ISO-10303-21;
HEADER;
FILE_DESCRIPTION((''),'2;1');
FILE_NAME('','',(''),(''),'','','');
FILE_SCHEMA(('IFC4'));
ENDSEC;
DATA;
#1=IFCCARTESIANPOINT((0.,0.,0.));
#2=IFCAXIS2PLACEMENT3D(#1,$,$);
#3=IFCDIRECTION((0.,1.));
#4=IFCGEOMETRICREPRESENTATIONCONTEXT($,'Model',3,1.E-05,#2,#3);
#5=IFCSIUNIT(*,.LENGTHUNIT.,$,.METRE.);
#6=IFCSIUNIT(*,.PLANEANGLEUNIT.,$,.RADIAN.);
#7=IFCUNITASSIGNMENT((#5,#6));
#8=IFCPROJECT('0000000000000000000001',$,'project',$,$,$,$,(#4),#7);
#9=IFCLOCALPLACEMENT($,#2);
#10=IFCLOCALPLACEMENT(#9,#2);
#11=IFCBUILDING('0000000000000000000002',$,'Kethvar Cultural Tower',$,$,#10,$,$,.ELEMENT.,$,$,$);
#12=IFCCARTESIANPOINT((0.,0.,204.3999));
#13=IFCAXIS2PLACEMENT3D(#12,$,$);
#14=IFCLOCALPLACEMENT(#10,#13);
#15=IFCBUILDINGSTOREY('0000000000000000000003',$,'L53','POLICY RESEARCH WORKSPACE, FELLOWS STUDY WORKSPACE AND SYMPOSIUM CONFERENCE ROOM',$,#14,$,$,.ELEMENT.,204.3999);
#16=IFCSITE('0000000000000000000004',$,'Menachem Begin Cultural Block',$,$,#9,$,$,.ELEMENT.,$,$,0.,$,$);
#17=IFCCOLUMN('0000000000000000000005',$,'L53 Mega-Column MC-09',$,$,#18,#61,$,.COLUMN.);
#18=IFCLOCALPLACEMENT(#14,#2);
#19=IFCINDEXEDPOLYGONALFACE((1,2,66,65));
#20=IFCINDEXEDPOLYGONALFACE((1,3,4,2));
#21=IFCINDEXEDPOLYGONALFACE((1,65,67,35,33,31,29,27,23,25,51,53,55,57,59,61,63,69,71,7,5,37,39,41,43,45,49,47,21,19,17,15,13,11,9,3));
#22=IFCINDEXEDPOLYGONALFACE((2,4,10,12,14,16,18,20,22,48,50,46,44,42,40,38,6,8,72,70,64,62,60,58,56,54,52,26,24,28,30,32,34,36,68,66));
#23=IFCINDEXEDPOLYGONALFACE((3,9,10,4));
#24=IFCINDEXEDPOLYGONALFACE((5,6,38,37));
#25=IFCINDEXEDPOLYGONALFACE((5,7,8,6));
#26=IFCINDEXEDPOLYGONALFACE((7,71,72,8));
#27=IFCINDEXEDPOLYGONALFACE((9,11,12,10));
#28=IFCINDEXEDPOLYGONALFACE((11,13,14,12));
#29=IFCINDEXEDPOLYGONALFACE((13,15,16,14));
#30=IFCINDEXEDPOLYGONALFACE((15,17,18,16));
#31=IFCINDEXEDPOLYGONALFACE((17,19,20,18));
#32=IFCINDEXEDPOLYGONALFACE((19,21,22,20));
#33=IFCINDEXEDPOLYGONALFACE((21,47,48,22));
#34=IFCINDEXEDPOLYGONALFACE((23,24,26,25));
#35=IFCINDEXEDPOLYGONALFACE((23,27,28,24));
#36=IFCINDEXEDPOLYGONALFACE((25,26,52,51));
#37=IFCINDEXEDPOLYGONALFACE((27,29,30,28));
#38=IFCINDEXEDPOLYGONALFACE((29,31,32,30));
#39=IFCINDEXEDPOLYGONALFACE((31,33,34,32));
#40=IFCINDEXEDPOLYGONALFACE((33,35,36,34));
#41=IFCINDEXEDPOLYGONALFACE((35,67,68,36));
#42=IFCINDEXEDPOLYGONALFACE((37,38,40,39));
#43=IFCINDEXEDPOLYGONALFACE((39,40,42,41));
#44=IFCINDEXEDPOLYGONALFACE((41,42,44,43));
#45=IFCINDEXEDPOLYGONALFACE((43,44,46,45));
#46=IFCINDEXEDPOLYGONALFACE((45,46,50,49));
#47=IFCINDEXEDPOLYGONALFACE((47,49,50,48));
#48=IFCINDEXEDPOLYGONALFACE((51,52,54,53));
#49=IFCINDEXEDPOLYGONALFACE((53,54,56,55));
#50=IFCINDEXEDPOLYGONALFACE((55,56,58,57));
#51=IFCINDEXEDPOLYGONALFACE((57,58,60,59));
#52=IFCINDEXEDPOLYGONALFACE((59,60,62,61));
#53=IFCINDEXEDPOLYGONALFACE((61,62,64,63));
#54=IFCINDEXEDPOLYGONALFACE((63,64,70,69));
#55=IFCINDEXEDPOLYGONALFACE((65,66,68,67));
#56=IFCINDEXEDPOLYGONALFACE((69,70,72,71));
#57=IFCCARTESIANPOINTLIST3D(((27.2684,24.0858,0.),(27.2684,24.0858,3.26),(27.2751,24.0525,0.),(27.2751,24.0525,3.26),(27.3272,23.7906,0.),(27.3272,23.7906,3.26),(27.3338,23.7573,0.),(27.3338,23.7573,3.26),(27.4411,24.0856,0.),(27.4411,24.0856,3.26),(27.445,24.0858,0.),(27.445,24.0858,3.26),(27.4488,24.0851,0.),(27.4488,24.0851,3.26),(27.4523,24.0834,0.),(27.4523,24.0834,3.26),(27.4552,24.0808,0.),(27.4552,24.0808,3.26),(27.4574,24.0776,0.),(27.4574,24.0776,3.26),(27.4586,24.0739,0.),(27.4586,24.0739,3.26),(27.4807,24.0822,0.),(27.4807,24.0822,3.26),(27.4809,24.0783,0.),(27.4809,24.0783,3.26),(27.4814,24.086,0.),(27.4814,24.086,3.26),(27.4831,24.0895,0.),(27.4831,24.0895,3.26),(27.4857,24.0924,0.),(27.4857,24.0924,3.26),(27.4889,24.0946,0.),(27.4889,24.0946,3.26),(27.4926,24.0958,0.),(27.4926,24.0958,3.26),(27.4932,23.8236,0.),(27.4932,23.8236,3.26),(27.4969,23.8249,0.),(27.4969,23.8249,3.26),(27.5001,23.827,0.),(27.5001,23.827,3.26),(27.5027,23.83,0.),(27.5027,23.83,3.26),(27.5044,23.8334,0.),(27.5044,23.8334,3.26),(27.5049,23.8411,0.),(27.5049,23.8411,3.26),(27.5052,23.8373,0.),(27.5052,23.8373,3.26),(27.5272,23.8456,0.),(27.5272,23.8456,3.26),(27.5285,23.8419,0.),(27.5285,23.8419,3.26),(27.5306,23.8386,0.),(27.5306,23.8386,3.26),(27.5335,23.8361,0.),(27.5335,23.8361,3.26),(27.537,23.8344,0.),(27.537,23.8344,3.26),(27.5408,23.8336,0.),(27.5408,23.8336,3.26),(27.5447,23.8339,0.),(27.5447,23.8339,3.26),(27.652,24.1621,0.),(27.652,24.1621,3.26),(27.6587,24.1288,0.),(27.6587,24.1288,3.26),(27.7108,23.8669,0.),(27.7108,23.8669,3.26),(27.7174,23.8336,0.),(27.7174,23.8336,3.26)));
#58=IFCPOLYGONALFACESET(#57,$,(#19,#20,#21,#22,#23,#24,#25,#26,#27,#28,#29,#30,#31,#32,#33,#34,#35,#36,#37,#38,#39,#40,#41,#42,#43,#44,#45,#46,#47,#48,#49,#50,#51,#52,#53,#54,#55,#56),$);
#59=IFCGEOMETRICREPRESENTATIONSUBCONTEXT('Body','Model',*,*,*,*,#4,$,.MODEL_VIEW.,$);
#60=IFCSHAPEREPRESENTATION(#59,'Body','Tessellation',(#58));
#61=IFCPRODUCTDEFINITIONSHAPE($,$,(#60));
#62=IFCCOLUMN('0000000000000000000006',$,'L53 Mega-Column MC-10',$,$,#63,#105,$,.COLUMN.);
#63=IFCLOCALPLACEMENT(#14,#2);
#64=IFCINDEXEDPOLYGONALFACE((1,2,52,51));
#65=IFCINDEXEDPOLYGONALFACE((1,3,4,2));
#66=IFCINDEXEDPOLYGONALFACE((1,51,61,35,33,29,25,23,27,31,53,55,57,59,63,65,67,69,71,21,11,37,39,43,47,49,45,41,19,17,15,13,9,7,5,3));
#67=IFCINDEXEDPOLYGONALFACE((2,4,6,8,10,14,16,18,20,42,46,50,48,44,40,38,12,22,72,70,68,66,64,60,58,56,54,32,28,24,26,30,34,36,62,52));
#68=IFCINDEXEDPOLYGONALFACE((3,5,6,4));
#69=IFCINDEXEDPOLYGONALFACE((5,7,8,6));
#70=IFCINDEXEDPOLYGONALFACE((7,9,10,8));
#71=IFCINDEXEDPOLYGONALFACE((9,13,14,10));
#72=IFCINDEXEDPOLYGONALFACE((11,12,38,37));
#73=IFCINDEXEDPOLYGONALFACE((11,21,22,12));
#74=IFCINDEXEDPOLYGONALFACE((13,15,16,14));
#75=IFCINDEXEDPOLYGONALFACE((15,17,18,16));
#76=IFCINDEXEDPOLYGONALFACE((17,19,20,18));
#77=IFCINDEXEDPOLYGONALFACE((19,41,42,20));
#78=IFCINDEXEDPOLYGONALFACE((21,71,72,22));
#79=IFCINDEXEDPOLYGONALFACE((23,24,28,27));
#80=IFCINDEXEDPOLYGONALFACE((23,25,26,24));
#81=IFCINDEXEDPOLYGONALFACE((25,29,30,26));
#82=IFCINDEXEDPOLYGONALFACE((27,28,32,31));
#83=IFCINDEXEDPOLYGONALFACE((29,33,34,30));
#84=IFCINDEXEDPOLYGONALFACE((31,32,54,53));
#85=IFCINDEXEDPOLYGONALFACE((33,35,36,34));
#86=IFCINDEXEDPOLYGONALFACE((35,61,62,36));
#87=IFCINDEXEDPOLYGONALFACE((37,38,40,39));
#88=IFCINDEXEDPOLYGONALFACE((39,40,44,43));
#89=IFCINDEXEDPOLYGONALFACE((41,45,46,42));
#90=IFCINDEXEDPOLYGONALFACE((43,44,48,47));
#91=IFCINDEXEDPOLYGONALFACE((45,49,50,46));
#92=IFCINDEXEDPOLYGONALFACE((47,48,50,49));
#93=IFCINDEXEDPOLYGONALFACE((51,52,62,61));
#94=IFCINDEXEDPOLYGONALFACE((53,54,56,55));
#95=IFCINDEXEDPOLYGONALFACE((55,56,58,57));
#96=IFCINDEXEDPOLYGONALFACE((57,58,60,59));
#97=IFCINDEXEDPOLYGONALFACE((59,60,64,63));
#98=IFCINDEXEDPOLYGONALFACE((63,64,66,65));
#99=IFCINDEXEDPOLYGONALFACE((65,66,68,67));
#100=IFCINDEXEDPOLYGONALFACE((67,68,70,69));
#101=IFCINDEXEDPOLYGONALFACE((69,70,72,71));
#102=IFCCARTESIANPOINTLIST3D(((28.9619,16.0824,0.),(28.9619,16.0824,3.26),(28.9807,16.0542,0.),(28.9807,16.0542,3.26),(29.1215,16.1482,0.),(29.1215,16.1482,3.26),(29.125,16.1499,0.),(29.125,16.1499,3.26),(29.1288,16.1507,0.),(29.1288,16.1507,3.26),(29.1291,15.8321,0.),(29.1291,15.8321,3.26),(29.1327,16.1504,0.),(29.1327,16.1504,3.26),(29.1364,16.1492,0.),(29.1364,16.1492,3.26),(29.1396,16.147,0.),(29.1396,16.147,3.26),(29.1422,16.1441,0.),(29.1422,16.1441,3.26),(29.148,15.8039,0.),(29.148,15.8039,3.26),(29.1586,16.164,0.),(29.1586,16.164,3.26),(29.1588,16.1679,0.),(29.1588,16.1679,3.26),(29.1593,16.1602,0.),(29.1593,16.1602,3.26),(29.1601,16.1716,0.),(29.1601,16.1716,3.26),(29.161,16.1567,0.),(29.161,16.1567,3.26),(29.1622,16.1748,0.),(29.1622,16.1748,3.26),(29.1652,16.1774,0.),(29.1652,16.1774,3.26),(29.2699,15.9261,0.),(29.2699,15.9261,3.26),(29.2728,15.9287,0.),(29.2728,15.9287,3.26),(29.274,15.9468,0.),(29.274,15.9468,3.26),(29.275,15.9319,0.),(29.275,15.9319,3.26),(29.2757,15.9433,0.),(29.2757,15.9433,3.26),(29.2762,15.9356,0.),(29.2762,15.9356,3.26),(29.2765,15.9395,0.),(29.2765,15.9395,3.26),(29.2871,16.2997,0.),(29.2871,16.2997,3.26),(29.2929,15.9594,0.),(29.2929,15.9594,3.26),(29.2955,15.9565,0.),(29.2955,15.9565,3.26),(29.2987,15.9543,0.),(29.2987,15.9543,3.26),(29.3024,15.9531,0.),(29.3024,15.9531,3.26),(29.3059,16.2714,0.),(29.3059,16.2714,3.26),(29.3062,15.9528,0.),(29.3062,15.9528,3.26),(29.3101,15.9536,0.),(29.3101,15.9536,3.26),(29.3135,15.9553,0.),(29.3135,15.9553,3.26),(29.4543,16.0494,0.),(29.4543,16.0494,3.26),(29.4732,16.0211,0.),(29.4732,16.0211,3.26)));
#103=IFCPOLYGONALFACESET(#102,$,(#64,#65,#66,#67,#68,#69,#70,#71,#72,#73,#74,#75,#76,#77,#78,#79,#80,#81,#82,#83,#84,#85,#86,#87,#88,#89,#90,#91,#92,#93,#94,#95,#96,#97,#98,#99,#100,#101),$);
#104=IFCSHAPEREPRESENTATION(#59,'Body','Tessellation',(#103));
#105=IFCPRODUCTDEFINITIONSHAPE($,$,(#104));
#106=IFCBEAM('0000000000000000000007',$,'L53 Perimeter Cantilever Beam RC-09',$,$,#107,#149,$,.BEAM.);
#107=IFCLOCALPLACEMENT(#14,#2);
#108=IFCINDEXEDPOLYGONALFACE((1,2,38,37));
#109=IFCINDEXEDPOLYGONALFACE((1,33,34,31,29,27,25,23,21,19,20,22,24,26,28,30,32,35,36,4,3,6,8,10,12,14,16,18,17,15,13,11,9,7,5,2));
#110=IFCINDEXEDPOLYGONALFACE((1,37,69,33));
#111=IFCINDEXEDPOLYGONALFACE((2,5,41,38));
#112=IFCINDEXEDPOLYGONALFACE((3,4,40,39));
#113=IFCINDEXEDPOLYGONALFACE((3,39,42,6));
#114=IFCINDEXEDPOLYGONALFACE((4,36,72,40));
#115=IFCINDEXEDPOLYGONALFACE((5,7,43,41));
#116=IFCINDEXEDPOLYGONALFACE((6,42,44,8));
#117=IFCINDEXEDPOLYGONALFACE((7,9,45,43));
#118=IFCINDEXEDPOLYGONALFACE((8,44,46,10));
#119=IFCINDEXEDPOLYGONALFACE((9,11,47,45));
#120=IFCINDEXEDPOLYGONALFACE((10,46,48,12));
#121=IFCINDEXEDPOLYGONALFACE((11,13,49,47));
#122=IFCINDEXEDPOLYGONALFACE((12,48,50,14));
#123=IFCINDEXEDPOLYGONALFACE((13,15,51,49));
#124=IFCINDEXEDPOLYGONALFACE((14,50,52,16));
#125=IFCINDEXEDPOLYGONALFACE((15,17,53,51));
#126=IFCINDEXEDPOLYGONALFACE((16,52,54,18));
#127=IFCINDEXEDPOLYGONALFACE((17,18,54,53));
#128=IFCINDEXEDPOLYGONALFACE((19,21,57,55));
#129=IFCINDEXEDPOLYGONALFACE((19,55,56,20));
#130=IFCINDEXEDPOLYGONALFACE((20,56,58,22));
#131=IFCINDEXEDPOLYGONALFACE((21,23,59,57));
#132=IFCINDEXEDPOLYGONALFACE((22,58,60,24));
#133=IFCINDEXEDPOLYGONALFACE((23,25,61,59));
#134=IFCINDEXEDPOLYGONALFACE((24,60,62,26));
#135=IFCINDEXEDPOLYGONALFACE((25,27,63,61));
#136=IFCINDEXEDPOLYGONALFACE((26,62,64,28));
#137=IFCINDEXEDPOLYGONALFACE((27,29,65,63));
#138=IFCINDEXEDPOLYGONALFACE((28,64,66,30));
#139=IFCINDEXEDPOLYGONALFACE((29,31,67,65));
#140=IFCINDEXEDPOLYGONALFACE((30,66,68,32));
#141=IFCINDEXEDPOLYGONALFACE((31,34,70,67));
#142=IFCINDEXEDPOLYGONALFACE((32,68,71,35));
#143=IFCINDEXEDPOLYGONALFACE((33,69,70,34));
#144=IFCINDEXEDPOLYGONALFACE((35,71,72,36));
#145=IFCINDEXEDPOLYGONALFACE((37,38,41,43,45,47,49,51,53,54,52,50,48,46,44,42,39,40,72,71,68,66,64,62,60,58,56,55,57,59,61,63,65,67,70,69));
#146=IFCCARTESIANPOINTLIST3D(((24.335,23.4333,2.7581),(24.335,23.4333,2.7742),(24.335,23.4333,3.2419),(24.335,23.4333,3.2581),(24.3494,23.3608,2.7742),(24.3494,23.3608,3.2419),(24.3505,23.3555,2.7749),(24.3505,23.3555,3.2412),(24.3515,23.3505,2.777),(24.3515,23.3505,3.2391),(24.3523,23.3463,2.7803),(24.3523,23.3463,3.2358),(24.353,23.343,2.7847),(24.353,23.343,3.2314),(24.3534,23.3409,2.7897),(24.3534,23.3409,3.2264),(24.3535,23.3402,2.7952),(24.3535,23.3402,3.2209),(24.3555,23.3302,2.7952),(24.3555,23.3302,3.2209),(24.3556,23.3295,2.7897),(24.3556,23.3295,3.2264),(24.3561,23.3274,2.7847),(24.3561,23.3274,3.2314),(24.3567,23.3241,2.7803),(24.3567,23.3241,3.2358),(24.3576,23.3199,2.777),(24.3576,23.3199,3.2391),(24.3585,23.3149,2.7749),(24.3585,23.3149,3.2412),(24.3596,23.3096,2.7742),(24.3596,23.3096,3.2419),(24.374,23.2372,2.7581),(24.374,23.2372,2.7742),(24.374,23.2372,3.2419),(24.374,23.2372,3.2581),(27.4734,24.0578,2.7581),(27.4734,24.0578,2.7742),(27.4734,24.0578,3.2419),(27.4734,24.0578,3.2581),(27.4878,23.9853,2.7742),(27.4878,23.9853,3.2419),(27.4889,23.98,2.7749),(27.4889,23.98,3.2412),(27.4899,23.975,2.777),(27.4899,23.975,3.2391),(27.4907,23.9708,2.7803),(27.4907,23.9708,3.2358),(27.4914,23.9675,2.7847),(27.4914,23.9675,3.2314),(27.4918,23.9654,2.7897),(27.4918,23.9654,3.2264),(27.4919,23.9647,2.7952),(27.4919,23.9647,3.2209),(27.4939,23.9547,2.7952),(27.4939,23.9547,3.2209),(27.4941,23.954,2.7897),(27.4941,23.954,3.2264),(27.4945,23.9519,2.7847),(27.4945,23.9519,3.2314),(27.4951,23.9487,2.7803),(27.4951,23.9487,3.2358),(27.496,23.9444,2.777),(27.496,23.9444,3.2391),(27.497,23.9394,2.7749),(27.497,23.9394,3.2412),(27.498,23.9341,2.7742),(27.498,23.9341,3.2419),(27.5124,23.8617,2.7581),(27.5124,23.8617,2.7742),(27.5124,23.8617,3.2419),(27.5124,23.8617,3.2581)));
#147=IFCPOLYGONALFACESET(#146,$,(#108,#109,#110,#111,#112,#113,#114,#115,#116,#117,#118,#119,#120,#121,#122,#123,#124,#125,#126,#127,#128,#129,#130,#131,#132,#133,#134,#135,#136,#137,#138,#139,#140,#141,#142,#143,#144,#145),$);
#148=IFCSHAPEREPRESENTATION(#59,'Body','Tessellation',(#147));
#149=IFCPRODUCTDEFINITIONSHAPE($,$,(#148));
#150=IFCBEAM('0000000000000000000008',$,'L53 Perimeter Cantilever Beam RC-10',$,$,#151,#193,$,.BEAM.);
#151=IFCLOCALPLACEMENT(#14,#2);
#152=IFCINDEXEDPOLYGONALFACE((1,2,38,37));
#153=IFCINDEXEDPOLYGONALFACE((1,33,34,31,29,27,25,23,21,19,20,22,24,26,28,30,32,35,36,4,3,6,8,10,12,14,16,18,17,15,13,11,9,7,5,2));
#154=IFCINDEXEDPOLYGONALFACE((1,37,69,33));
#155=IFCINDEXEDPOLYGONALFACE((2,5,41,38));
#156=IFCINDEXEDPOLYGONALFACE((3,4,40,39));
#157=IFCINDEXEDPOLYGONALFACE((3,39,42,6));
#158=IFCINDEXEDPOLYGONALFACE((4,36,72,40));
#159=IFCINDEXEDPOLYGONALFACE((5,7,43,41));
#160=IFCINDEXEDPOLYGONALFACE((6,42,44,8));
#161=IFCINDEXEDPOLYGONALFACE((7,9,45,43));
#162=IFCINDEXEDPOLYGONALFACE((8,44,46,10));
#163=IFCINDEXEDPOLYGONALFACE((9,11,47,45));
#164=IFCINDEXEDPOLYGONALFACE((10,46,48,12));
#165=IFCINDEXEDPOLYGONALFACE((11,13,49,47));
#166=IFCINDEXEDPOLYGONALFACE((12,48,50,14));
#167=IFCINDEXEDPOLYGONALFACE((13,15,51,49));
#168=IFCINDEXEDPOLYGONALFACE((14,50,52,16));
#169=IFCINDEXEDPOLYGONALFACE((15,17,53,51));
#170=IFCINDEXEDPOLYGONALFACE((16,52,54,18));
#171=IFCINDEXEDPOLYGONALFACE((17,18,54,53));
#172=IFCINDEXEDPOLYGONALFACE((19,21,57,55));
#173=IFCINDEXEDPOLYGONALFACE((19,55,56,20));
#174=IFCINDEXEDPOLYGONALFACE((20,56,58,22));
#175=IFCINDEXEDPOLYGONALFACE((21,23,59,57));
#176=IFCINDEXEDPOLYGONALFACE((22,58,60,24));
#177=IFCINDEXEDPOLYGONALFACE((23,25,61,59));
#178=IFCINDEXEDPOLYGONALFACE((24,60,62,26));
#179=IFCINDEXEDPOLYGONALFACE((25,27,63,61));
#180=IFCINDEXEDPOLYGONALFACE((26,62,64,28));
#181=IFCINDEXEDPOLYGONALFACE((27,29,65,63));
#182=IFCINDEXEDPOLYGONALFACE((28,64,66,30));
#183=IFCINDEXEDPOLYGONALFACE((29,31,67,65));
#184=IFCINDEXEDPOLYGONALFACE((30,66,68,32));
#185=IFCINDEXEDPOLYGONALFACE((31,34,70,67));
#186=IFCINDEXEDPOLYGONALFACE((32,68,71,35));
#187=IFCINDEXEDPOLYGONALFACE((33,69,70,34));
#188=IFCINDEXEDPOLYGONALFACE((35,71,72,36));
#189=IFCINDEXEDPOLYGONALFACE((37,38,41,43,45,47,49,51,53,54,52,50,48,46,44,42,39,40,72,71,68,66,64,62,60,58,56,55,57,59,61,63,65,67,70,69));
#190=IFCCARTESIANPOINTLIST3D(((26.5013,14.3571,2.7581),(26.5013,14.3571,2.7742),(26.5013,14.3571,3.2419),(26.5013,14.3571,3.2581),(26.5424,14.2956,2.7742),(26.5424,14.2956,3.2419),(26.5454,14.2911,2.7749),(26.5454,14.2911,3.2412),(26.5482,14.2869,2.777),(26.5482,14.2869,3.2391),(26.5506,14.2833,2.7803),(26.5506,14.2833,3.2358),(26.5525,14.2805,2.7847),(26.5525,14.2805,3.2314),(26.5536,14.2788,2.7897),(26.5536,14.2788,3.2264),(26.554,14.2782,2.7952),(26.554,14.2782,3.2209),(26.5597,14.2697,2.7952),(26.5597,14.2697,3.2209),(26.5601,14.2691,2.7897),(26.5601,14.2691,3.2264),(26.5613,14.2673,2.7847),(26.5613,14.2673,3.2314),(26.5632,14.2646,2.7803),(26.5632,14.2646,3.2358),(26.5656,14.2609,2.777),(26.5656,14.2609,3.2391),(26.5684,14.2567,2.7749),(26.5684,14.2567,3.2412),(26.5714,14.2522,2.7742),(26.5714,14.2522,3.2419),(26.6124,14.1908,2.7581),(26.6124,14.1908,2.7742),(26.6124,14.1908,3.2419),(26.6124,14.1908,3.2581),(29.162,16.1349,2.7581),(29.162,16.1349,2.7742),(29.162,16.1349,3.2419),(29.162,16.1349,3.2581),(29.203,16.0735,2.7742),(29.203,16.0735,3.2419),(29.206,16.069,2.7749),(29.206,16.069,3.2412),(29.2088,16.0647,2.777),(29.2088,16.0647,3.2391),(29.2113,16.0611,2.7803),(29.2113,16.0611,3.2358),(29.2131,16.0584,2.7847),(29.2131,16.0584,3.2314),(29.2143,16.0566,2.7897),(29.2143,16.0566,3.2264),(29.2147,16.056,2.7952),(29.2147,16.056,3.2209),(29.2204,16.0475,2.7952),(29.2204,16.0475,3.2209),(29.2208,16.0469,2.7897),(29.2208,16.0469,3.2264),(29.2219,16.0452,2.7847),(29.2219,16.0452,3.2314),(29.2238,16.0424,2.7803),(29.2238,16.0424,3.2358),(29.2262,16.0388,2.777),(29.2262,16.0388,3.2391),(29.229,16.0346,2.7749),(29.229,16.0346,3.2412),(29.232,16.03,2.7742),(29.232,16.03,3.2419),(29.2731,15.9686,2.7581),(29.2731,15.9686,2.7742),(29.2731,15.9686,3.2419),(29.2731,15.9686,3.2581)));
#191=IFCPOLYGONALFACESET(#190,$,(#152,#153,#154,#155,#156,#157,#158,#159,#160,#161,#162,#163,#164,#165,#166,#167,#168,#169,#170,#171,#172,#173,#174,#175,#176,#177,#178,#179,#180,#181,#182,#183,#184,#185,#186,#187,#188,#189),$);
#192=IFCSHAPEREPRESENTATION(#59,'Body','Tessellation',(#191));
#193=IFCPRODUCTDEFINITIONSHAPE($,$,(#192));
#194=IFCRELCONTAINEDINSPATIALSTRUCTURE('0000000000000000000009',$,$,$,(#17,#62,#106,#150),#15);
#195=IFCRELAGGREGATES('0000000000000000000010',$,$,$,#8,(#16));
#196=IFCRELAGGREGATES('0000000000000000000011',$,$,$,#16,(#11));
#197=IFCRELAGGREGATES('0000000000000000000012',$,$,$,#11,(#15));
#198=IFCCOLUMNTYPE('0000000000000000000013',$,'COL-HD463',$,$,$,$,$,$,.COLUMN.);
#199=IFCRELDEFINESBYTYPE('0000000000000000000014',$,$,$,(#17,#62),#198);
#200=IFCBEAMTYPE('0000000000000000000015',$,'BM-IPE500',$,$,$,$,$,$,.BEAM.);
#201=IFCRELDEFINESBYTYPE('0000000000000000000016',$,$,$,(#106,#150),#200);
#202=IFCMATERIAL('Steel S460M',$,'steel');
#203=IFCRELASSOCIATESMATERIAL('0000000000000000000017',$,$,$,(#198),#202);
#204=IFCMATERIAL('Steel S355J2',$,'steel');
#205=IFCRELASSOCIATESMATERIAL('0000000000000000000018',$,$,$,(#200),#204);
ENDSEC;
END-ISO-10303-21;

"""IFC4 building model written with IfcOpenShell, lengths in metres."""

from ifc_helpers import new_model, si_unit, direction, frame, origin, origin_2d, place, context, subcontext, project, spatial, i_section, extrude, source, transform, mapped, material, material_profile, profile_set, type_object, element, save


model = new_model("IFC4")

# Units and contexts
model_context = context("Model", 3, precision=1e-05, world=origin(), true_north=direction((0.0, 1.0)))
body_context = subcontext(model_context, "Body", "Model", "MODEL_VIEW")
ifc_project = project(units=[si_unit("LENGTHUNIT", "METRE"), si_unit("PLANEANGLEUNIT", "RADIAN")], contexts=[model_context])

# Site, building, storey
site_placement = place(None, origin())
site = spatial("IfcSite", under=ifc_project, at=site_placement, Name="Menachem Begin Cultural Block", CompositionType="ELEMENT", RefElevation=0.0)
building_placement = place(site_placement, origin())
building = spatial("IfcBuilding", under=site, at=building_placement, Name="Kethvar Cultural Tower", CompositionType="ELEMENT")
storey_placement = place(building_placement, frame((0.0, 0.0, 204.3999)))
storey = spatial("IfcBuildingStorey", under=building, at=storey_placement, Name="L53", Description="POLICY RESEARCH WORKSPACE, FELLOWS STUDY WORKSPACE AND SYMPOSIUM CONFERENCE ROOM", CompositionType="ELEMENT", Elevation=204.3999)

# Columns
ifc_material_1 = material(Name="Steel S460M", Category="steel")
ifc_material_profile_1 = material_profile(ifc_material_1, i_section(OverallWidth=0.3911, OverallDepth=0.335, WebThickness=0.0227, FlangeThickness=0.0339, FilletRadius=0.0149, at=origin_2d()), Name="Steel S460M — HD400x463")
ifc_profile_set_1 = profile_set([ifc_material_profile_1], Name="Steel S460M — HD400x463")
column_type = type_object("IfcColumnType", Name="COL-HD463", PredefinedType="COLUMN", material=ifc_profile_set_1)
shared_shape_1 = source(origin(), body_context, "Body", "SweptSolid", [
    extrude(i_section(OverallWidth=0.3911, OverallDepth=0.335, WebThickness=0.0227, FlangeThickness=0.0339, FilletRadius=0.0149, at=origin_2d()), origin(), (0.0, 0.0, 1.0), 3.26),
])
for number, where, z_axis, x_axis, name in (
    (1, (27.4929, 23.9597, 0.0), (0.0, 0.0, 1.0), (-0.980785, -0.19509, 0.0), "L53 Mega-Column MC-09"),
    (2, (29.2175, 16.0518, 0.0), (0.0, 0.0, 1.0), (-0.83147, -0.55557, 0.0), "L53 Mega-Column MC-10"),
):
    element("IfcColumn", number, at=place(storey_placement, frame(where, z_axis=z_axis, x_axis=x_axis)), inside=storey, type_object=column_type, Name=name, PredefinedType="COLUMN", context=body_context, shape_type="MappedRepresentation", body=[
        mapped(shared_shape_1, transform((0.0, 0.0, 0.0), scale=1.0)),
    ])

# Beams
ifc_material_2 = material(Name="Steel S355J2", Category="steel")
ifc_material_profile_2 = material_profile(ifc_material_2, i_section(OverallWidth=0.2, OverallDepth=0.5, WebThickness=0.0103, FlangeThickness=0.0161, FilletRadius=0.021, at=origin_2d()), Name="Steel S355J2 — IPE500")
ifc_profile_set_2 = profile_set([ifc_material_profile_2], Name="Steel S355J2 — IPE500")
beam_type_1 = type_object("IfcBeamType", Name="BM-IPE500", PredefinedType="BEAM", material=ifc_profile_set_2)
shared_shape_2 = source(origin(), body_context, "Body", "SweptSolid", [
    extrude(i_section(OverallWidth=0.2, OverallDepth=0.5, WebThickness=0.0103, FlangeThickness=0.0161, FilletRadius=0.021, at=origin_2d()), origin(), (0.0, 0.0, 1.0), 3.2),
])
for number, where, z_axis, x_axis, name in (
    (3, (27.4929, 23.9597, 3.0081), (-0.980771, -0.195162, 0.0), (0.195162, -0.980771, 0.0), "L53 Perimeter Cantilever Beam RC-09"),
    (4, (29.2175, 16.0518, 3.0081), (-0.831463, -0.55558, 0.0), (0.55558, -0.831463, 0.0), "L53 Perimeter Cantilever Beam RC-10"),
):
    element("IfcBeam", number, at=place(storey_placement, frame(where, z_axis=z_axis, x_axis=x_axis)), inside=storey, type_object=beam_type_1, Name=name, PredefinedType="BEAM", context=body_context, shape_type="MappedRepresentation", body=[
        mapped(shared_shape_2, transform((0.0, 0.0, 0.0), scale=1.0)),
    ])

save(model, "model.ifc")
